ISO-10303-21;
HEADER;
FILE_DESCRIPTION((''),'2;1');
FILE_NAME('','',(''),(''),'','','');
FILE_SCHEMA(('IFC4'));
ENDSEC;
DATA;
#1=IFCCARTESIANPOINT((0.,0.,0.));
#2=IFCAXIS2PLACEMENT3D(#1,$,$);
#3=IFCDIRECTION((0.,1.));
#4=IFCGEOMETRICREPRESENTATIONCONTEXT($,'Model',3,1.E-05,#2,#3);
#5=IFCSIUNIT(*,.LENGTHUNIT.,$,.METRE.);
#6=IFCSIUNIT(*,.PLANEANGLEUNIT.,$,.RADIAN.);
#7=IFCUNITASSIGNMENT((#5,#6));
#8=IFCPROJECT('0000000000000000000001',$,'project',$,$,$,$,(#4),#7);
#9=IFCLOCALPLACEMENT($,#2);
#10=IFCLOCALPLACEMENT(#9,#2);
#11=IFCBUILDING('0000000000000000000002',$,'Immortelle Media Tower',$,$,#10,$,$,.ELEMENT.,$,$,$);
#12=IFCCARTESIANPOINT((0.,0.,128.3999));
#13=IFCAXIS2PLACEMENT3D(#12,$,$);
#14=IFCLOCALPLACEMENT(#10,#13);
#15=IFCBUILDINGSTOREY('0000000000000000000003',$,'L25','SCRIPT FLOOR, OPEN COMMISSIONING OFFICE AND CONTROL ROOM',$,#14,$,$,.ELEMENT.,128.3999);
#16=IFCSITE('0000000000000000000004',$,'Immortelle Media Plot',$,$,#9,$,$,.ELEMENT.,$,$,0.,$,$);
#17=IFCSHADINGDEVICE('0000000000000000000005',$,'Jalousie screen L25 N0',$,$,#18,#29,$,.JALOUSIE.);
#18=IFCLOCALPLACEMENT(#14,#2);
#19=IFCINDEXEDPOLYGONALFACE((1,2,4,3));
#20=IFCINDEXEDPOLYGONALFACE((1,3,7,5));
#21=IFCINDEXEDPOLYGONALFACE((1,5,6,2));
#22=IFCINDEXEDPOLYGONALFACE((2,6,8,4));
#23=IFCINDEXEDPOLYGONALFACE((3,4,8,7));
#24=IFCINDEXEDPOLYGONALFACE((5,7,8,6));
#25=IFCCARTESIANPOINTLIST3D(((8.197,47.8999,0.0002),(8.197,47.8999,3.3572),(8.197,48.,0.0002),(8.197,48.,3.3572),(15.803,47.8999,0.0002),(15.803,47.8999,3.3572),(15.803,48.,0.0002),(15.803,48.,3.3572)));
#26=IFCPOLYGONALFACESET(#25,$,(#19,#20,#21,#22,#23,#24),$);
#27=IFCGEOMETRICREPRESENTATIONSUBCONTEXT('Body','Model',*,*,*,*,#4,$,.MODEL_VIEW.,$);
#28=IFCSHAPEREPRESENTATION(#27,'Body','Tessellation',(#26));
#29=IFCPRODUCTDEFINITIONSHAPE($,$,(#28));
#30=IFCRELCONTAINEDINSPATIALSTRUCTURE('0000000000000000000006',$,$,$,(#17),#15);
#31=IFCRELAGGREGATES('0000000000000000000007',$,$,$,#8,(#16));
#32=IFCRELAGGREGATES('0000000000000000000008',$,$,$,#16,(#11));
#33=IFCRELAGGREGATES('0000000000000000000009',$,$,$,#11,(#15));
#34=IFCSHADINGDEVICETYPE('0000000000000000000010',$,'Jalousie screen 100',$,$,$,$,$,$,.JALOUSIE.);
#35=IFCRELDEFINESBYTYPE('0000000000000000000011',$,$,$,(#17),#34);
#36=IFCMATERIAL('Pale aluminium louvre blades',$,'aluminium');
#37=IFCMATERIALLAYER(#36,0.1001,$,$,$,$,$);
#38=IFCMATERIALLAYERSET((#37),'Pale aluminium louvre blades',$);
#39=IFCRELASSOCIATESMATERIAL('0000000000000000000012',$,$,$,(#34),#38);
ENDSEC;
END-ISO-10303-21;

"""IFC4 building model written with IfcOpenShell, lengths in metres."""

from ifc_helpers import new_model, si_unit, direction, frame, origin, origin_2d, place, context, subcontext, project, spatial, rectangle, extrude, material, layer, layer_set, type_object, element, save


model = new_model("IFC4")

# Units and contexts
model_context = context("Model", 3, precision=1e-05, world=origin(), true_north=direction((0.0, 1.0)))
body_context = subcontext(model_context, "Body", "Model", "MODEL_VIEW")
ifc_project = project(units=[si_unit("LENGTHUNIT", "METRE"), si_unit("PLANEANGLEUNIT", "RADIAN")], contexts=[model_context])

# Site, building, storey
site_placement = place(None, origin())
site = spatial("IfcSite", under=ifc_project, at=site_placement, Name="Immortelle Media Plot", CompositionType="ELEMENT", RefElevation=0.0)
building_placement = place(site_placement, origin())
building = spatial("IfcBuilding", under=site, at=building_placement, Name="Immortelle Media Tower", CompositionType="ELEMENT")
storey_placement = place(building_placement, frame((0.0, 0.0, 128.3999)))
storey = spatial("IfcBuildingStorey", under=building, at=storey_placement, Name="L25", Description="SCRIPT FLOOR, OPEN COMMISSIONING OFFICE AND CONTROL ROOM", CompositionType="ELEMENT", Elevation=128.3999)

# Shading device
ifc_material_1 = material(Name="Pale aluminium louvre blades", Category="aluminium")
ifc_layer_1 = layer(ifc_material_1, 0.1001)
ifc_layer_set_1 = layer_set([ifc_layer_1], Name="Pale aluminium louvre blades")
shading_device_type = type_object("IfcShadingDeviceType", Name="Jalousie screen 100", PredefinedType="JALOUSIE", material=ifc_layer_set_1)
shading_device_placement = place(storey_placement, frame((12.0, 47.95, 0.0002), z_axis=(0.0, 0.0, 1.0), x_axis=(-1.0, 0.0, 0.0)))
element("IfcShadingDevice", 1, at=shading_device_placement, inside=storey, type_object=shading_device_type, Name="Jalousie screen L25 N0", PredefinedType="JALOUSIE", context=body_context, shape_type="SweptSolid", body=[
    extrude(rectangle(XDim=7.606, YDim=0.1001, at=origin_2d()), origin(), (0.0, 0.0, 1.0), 3.3569),
])

save(model, "model.ifc")
